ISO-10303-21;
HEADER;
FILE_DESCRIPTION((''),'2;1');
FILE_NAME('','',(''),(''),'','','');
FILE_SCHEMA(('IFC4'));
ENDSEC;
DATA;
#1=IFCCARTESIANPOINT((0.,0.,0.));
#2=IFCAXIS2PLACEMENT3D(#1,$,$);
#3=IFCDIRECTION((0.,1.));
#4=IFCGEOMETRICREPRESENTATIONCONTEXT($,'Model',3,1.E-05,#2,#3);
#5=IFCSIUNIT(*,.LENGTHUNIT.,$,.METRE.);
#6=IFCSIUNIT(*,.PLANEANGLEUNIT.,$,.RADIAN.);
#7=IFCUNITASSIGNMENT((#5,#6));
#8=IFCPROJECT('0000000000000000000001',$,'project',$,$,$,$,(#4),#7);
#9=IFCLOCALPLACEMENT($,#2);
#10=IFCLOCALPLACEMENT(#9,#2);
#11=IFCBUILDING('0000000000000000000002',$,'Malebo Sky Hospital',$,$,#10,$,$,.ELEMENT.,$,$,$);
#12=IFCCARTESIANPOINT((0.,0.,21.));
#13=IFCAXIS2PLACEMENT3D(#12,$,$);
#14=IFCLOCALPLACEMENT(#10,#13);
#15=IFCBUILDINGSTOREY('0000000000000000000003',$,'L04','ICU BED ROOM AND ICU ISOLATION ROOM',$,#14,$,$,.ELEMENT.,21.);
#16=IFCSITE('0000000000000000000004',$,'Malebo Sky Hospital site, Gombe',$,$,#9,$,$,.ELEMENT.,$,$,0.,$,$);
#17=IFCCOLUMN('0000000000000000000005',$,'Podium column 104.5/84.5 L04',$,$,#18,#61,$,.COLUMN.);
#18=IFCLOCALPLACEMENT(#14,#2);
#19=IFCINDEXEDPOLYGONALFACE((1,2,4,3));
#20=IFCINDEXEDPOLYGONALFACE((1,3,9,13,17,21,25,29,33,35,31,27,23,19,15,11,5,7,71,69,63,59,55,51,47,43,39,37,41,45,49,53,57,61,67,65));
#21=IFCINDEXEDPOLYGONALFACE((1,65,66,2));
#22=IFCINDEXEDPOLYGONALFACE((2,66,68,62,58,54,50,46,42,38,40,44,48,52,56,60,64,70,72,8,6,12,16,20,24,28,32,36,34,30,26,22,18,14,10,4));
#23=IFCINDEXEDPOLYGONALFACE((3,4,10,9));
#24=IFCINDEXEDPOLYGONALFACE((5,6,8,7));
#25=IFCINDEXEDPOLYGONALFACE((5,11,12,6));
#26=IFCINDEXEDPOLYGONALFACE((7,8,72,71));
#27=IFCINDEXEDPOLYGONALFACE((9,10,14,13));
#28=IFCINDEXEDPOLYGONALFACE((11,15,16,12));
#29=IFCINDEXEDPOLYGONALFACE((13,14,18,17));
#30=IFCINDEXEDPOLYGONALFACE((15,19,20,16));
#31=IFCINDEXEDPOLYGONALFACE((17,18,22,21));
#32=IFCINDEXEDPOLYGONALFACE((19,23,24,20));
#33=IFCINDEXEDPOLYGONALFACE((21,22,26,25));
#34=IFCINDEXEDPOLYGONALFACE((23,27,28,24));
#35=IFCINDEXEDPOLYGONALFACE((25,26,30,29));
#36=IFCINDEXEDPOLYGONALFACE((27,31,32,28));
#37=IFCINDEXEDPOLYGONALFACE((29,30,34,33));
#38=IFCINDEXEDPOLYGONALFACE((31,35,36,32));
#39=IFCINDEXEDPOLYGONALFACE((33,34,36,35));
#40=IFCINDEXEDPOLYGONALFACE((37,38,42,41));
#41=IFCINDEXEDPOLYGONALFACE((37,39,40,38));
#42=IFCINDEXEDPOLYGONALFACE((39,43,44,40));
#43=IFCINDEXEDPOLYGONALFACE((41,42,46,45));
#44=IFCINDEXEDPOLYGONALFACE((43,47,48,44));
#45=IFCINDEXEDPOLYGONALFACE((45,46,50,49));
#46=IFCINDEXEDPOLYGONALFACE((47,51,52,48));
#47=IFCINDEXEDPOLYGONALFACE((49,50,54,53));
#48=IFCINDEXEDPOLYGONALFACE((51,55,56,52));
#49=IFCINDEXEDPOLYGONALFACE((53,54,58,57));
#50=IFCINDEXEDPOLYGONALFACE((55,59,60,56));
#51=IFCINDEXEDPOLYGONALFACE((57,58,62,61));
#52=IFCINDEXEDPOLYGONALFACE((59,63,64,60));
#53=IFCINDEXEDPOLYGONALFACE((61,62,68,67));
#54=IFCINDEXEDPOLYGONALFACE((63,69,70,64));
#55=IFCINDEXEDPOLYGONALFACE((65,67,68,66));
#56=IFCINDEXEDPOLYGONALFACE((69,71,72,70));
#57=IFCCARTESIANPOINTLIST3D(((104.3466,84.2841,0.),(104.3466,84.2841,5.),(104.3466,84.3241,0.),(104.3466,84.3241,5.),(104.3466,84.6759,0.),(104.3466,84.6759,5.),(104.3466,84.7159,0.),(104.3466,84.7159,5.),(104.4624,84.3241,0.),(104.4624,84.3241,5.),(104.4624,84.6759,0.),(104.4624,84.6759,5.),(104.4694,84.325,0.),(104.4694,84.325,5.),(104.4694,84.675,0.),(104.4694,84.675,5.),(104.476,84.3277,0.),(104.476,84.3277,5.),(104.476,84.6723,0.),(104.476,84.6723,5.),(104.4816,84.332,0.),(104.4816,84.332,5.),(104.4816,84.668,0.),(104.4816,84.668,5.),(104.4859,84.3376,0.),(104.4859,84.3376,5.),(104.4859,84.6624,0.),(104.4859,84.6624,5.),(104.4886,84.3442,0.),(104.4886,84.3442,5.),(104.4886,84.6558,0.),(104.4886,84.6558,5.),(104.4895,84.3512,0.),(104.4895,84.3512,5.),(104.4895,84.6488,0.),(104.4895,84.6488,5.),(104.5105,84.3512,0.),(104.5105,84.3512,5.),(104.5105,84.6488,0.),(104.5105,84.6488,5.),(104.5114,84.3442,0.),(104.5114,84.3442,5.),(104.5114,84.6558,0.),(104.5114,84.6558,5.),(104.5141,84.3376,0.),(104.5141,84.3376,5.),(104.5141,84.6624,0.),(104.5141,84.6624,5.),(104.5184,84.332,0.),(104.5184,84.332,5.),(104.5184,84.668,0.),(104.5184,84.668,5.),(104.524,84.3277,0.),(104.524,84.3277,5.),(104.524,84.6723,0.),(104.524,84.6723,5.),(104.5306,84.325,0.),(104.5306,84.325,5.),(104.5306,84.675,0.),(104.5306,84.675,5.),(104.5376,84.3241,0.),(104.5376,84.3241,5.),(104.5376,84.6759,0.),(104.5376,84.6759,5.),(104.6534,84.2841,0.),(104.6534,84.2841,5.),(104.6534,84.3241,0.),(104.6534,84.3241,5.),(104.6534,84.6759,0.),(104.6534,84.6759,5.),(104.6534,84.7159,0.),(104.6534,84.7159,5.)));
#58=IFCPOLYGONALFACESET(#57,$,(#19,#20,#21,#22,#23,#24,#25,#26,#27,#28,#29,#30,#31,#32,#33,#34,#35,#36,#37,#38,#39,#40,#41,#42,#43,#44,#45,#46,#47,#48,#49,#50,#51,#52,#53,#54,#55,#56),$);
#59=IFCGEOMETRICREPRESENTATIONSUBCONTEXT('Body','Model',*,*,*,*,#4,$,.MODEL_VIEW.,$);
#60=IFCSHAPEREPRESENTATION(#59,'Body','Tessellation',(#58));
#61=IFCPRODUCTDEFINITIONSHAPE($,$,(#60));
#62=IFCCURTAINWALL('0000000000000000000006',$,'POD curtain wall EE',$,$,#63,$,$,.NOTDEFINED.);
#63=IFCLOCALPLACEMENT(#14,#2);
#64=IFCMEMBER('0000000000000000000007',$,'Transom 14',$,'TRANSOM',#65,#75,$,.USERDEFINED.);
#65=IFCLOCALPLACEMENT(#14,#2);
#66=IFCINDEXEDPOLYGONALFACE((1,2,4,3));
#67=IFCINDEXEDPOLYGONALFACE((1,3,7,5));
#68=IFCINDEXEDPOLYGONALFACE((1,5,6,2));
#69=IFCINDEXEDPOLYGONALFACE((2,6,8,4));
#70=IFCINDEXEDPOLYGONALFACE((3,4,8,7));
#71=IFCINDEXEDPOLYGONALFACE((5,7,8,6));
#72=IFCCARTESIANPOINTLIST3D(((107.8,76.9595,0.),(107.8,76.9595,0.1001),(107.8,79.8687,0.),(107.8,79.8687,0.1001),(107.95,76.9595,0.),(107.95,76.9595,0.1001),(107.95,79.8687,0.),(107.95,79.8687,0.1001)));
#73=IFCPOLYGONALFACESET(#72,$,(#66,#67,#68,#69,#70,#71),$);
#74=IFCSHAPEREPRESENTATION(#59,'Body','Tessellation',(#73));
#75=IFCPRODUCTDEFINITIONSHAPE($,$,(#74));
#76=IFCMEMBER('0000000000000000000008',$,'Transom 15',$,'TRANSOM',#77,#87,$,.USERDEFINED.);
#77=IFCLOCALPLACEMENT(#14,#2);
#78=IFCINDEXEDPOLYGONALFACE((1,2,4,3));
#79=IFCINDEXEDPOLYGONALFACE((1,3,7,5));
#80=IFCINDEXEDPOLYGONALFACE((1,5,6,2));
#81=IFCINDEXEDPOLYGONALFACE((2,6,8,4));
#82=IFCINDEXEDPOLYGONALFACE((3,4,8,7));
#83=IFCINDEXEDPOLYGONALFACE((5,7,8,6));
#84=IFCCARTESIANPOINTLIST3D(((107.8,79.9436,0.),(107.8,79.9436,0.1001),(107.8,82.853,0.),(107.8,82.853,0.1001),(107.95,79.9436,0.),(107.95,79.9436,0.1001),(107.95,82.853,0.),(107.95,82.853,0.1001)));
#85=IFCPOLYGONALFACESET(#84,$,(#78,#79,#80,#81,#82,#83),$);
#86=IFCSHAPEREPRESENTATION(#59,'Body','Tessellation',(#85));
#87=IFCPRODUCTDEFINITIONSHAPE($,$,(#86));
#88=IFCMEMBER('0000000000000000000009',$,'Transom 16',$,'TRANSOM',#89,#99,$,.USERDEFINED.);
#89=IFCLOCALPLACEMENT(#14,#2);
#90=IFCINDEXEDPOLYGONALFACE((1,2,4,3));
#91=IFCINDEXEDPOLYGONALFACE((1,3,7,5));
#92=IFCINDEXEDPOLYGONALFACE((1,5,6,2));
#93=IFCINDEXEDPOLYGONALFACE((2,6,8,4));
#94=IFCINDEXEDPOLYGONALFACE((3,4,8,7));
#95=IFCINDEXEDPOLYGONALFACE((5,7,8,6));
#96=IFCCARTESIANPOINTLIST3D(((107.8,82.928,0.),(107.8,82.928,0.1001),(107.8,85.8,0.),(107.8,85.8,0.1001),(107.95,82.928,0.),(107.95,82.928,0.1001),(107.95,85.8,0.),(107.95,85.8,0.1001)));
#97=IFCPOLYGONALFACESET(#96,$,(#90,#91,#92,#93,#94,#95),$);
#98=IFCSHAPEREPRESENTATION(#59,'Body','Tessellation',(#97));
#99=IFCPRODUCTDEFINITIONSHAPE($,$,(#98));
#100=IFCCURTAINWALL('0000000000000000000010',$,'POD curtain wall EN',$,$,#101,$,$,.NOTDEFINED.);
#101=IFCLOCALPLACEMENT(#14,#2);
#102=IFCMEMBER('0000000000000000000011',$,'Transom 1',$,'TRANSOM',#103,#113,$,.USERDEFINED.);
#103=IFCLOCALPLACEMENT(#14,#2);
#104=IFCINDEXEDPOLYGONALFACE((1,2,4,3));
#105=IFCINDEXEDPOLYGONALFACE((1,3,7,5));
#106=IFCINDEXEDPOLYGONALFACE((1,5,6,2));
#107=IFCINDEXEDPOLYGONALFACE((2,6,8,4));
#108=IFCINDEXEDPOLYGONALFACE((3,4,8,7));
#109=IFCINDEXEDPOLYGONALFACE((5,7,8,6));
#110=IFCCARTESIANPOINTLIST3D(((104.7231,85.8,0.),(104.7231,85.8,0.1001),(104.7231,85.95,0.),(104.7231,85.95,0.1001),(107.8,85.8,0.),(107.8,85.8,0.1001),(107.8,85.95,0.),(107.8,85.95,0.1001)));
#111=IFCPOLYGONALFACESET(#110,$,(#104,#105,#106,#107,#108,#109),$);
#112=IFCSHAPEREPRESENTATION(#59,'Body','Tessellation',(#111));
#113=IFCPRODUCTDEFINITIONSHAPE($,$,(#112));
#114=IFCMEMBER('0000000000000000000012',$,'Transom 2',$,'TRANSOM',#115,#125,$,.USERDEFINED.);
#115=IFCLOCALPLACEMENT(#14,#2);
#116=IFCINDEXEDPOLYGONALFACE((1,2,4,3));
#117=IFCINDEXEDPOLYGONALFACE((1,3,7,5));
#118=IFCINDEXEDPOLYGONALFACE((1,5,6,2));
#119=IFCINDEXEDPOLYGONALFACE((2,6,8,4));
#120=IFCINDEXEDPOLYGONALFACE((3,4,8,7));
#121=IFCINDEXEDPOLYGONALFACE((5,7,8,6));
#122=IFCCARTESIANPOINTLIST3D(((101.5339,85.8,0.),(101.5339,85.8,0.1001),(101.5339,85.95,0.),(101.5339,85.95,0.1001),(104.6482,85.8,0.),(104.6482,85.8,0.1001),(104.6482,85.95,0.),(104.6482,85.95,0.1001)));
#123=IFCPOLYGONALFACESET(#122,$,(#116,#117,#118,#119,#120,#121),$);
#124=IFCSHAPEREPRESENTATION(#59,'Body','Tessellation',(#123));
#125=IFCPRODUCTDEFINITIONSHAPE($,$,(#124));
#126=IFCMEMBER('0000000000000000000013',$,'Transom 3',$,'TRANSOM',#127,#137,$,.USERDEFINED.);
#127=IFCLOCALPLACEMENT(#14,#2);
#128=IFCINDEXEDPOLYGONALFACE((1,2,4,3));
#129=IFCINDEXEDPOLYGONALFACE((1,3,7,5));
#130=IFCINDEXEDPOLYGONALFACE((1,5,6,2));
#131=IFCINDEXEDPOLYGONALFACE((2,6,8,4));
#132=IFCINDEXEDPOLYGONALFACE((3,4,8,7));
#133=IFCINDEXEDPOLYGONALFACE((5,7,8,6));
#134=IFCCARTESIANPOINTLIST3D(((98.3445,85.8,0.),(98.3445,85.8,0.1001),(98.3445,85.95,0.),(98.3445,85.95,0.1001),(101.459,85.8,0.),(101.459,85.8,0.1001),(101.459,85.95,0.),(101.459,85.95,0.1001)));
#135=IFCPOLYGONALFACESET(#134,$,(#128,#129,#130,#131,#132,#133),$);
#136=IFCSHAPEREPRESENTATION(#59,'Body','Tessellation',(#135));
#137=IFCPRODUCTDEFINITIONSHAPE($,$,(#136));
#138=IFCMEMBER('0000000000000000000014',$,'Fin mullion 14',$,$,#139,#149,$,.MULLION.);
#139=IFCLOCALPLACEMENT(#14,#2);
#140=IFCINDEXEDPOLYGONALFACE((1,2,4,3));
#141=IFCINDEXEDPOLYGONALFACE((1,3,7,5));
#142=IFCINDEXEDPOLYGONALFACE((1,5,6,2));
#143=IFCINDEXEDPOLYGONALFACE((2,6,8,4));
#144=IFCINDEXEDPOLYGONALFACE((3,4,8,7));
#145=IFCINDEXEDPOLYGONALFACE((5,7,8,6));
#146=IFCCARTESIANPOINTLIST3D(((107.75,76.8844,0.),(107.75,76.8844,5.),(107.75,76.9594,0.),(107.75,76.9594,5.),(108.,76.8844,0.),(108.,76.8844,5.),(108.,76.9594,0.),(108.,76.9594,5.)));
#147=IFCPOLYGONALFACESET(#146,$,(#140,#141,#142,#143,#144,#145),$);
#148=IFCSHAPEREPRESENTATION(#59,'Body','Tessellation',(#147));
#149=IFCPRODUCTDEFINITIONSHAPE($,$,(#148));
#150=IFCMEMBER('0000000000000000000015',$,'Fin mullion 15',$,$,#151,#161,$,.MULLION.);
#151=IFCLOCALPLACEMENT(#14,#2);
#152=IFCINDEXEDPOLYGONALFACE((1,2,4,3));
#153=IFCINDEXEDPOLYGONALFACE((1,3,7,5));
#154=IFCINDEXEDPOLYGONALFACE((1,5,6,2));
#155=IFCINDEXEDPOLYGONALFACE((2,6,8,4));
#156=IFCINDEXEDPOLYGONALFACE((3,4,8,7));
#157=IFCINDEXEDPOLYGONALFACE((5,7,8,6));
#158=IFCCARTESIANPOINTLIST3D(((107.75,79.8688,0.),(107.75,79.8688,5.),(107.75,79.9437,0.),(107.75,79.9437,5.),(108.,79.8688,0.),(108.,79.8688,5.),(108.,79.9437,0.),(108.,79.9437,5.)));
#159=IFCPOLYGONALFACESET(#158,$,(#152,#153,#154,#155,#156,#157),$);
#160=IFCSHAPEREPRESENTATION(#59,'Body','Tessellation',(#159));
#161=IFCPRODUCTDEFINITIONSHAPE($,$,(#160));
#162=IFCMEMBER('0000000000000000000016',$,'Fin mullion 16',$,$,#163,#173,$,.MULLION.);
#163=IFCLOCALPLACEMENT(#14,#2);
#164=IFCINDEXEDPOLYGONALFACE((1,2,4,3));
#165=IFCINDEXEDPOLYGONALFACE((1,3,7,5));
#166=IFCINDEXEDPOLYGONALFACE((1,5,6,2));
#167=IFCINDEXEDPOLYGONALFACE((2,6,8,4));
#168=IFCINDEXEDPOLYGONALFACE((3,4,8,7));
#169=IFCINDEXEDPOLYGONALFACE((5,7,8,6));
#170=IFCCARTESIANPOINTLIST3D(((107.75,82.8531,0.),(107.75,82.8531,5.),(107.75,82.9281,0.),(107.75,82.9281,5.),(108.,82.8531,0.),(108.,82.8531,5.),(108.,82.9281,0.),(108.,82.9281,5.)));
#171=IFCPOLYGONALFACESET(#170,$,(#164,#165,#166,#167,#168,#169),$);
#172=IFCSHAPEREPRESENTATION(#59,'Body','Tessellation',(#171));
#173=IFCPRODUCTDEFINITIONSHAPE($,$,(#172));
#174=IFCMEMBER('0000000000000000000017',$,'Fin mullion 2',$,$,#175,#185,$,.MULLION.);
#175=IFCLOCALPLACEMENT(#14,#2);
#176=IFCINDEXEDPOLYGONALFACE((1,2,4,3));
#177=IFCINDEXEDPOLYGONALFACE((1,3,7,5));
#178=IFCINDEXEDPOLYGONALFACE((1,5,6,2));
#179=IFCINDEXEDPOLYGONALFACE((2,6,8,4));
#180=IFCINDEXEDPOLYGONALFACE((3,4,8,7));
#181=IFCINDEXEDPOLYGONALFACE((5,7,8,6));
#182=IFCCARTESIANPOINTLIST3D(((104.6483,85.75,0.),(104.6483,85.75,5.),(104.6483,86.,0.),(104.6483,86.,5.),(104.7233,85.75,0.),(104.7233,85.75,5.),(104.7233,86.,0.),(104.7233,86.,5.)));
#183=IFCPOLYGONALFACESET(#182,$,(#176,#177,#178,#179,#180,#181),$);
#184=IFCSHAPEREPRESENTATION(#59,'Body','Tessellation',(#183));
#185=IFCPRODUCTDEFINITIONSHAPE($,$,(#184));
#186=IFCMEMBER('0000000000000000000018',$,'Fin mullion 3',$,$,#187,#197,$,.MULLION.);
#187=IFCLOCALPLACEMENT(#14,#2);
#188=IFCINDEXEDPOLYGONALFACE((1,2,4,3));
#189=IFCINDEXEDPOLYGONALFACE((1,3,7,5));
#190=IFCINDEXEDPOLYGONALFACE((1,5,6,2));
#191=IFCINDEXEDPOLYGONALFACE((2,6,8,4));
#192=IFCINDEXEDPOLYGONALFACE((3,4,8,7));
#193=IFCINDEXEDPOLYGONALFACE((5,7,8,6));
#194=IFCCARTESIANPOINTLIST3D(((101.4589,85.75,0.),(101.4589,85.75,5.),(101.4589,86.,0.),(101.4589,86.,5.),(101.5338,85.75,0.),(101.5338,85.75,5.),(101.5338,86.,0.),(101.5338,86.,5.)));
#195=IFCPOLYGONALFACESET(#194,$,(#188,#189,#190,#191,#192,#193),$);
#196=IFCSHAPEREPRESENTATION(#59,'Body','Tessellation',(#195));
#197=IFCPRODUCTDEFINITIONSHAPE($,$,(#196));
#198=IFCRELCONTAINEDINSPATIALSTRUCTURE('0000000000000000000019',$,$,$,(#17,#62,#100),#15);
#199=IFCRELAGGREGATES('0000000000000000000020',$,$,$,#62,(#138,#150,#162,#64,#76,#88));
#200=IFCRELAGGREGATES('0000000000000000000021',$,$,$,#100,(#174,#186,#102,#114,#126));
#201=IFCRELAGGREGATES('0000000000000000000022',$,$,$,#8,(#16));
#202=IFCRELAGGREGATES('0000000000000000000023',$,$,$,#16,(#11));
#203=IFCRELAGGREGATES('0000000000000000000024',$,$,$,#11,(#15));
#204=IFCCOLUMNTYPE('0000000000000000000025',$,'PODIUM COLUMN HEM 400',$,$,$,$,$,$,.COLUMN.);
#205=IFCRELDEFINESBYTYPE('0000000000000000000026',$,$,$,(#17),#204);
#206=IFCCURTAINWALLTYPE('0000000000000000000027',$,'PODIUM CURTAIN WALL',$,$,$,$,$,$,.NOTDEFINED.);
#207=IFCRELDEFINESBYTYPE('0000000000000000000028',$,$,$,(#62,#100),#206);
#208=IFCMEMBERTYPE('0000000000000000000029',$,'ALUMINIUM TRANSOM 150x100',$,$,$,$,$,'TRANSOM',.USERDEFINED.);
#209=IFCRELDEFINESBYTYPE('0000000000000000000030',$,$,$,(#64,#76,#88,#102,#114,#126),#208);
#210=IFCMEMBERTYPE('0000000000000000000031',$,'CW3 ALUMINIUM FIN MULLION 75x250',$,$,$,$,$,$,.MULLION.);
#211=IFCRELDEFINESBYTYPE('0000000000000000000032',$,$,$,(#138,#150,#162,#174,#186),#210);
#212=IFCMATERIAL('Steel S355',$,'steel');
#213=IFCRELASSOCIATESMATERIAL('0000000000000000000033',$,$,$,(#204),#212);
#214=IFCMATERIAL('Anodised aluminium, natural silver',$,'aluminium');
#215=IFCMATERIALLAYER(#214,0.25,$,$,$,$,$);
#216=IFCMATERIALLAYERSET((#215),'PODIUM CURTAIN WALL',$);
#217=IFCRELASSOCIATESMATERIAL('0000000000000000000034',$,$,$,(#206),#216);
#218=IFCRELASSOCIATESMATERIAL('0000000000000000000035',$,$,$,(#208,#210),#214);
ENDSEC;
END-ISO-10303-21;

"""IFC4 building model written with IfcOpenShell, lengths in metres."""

from ifc_helpers import new_model, si_unit, direction, frame, origin, origin_2d, place, context, subcontext, project, spatial, rectangle, i_section, extrude, material, layer, layer_set, material_profile, profile_set, type_object, element, aggregate, save


model = new_model("IFC4")

# Units and contexts
model_context = context("Model", 3, precision=1e-05, world=origin(), true_north=direction((0.0, 1.0)))
body_context = subcontext(model_context, "Body", "Model", "MODEL_VIEW")
ifc_project = project(units=[si_unit("LENGTHUNIT", "METRE"), si_unit("PLANEANGLEUNIT", "RADIAN")], contexts=[model_context])

# Site, building, storey
site_placement = place(None, origin())
site = spatial("IfcSite", under=ifc_project, at=site_placement, Name="Malebo Sky Hospital site, Gombe", CompositionType="ELEMENT", RefElevation=0.0)
building_placement = place(site_placement, origin())
building = spatial("IfcBuilding", under=site, at=building_placement, Name="Malebo Sky Hospital", CompositionType="ELEMENT")
storey_placement = place(building_placement, frame((0.0, 0.0, 21.0)))
storey = spatial("IfcBuildingStorey", under=building, at=storey_placement, Name="L04", Description="ICU BED ROOM AND ICU ISOLATION ROOM", CompositionType="ELEMENT", Elevation=21.0)

# Column
ifc_material_1 = material(Name="Steel S355", Category="steel")
ifc_material_profile_1 = material_profile(ifc_material_1, i_section(OverallWidth=0.3069, OverallDepth=0.4319, WebThickness=0.021, FlangeThickness=0.04, FilletRadius=0.0271, at=origin_2d()), Name="HEM 400")
ifc_profile_set_1 = profile_set([ifc_material_profile_1], Name="Steel S355")
column_type = type_object("IfcColumnType", Name="PODIUM COLUMN HEM 400", PredefinedType="COLUMN", material=ifc_profile_set_1)
column_placement = place(storey_placement, frame((104.5, 84.5, 0.0), z_axis=(0.0, 0.0, 1.0), x_axis=(1.0, 0.0, 0.0)))
element("IfcColumn", 1, at=column_placement, inside=storey, type_object=column_type, Name="Podium column 104.5/84.5 L04", PredefinedType="COLUMN", context=body_context, shape_type="SweptSolid", body=[
    extrude(i_section(OverallWidth=0.3069, OverallDepth=0.4319, WebThickness=0.021, FlangeThickness=0.04, FilletRadius=0.0271, at=origin_2d()), origin(), (0.0, 0.0, 1.0), 5.0),
])

# Curtain walls, members
ifc_material_2 = material(Name="Anodised aluminium, natural silver", Category="aluminium")
ifc_layer_1 = layer(ifc_material_2, 0.25)
ifc_layer_set_1 = layer_set([ifc_layer_1], Name="PODIUM CURTAIN WALL")
curtain_wall_type = type_object("IfcCurtainWallType", Name="PODIUM CURTAIN WALL", PredefinedType="NOTDEFINED", material=ifc_layer_set_1)
curtain_wall_1_placement = place(storey_placement, origin())
curtain_wall_1 = element("IfcCurtainWall", 2, at=curtain_wall_1_placement, inside=storey, type_object=curtain_wall_type, Name="POD curtain wall EE", PredefinedType="NOTDEFINED")
ifc_material_profile_2 = material_profile(ifc_material_2, rectangle(XDim=0.1499, YDim=0.1001, at=origin_2d()), Name="ALUMINIUM TRANSOM 150x100")
ifc_profile_set_2 = profile_set([ifc_material_profile_2], Name="Anodised aluminium, natural silver")
member_type_1 = type_object("IfcMemberType", Name="ALUMINIUM TRANSOM 150x100", ElementType="TRANSOM", PredefinedType="USERDEFINED", material=ifc_profile_set_2)
member_1_placement = place(storey_placement, frame((107.875, 76.9595, 0.05), z_axis=(0.0, 1.0, 0.0), x_axis=(-1.0, 0.0, 0.0)))
member_1 = element("IfcMember", 3, at=member_1_placement, type_object=member_type_1, Name="Transom 14", ObjectType="TRANSOM", PredefinedType="USERDEFINED", context=body_context, shape_type="SweptSolid", body=[
    extrude(rectangle(XDim=0.1499, YDim=0.1001, at=origin_2d()), origin(), (0.0, 0.0, 1.0), 2.9092),
])
member_2_placement = place(storey_placement, frame((107.875, 79.9436, 0.05), z_axis=(0.0, 1.0, 0.0), x_axis=(-1.0, 0.0, 0.0)))
member_2 = element("IfcMember", 4, at=member_2_placement, type_object=member_type_1, Name="Transom 15", ObjectType="TRANSOM", PredefinedType="USERDEFINED", context=body_context, shape_type="SweptSolid", body=[
    extrude(rectangle(XDim=0.1499, YDim=0.1001, at=origin_2d()), origin(), (0.0, 0.0, 1.0), 2.9094),
])
member_3_placement = place(storey_placement, frame((107.875, 82.928, 0.05), z_axis=(0.0, 1.0, 0.0), x_axis=(-1.0, 0.0, 0.0)))
member_3 = element("IfcMember", 5, at=member_3_placement, type_object=member_type_1, Name="Transom 16", ObjectType="TRANSOM", PredefinedType="USERDEFINED", context=body_context, shape_type="SweptSolid", body=[
    extrude(rectangle(XDim=0.1499, YDim=0.1001, at=origin_2d()), origin(), (0.0, 0.0, 1.0), 2.8721),
])
curtain_wall_2_placement = place(storey_placement, origin())
curtain_wall_2 = element("IfcCurtainWall", 6, at=curtain_wall_2_placement, inside=storey, type_object=curtain_wall_type, Name="POD curtain wall EN", PredefinedType="NOTDEFINED")
member_4_placement = place(storey_placement, frame((107.8, 85.875, 0.05), z_axis=(-1.0, 0.0, 0.0), x_axis=(0.0, -1.0, 0.0)))
member_4 = element("IfcMember", 7, at=member_4_placement, type_object=member_type_1, Name="Transom 1", ObjectType="TRANSOM", PredefinedType="USERDEFINED", context=body_context, shape_type="SweptSolid", body=[
    extrude(rectangle(XDim=0.1499, YDim=0.1001, at=origin_2d()), origin(), (0.0, 0.0, 1.0), 3.0769),
])
member_5_placement = place(storey_placement, frame((104.6482, 85.875, 0.05), z_axis=(-1.0, 0.0, 0.0), x_axis=(0.0, -1.0, 0.0)))
member_5 = element("IfcMember", 8, at=member_5_placement, type_object=member_type_1, Name="Transom 2", ObjectType="TRANSOM", PredefinedType="USERDEFINED", context=body_context, shape_type="SweptSolid", body=[
    extrude(rectangle(XDim=0.1499, YDim=0.1001, at=origin_2d()), origin(), (0.0, 0.0, 1.0), 3.1143),
])
member_6_placement = place(storey_placement, frame((101.459, 85.875, 0.05), z_axis=(-1.0, 0.0, 0.0), x_axis=(0.0, -1.0, 0.0)))
member_6 = element("IfcMember", 9, at=member_6_placement, type_object=member_type_1, Name="Transom 3", ObjectType="TRANSOM", PredefinedType="USERDEFINED", context=body_context, shape_type="SweptSolid", body=[
    extrude(rectangle(XDim=0.1499, YDim=0.1001, at=origin_2d()), origin(), (0.0, 0.0, 1.0), 3.1145),
])

# Members
ifc_material_profile_3 = material_profile(ifc_material_2, rectangle(XDim=0.075, YDim=0.25, at=origin_2d()), Name="CW3 ALUMINIUM FIN MULLION 75x250")
ifc_profile_set_3 = profile_set([ifc_material_profile_3], Name="Anodised aluminium, natural silver")
member_type_2 = type_object("IfcMemberType", Name="CW3 ALUMINIUM FIN MULLION 75x250", PredefinedType="MULLION", material=ifc_profile_set_3)
member_7_placement = place(storey_placement, frame((107.875, 76.9219, 0.0), z_axis=(0.0, 0.0, 1.0), x_axis=(0.0, 1.0, 0.0)))
member_7 = element("IfcMember", 10, at=member_7_placement, type_object=member_type_2, Name="Fin mullion 14", PredefinedType="MULLION", context=body_context, shape_type="SweptSolid", body=[
    extrude(rectangle(XDim=0.075, YDim=0.25, at=origin_2d()), origin(), (0.0, 0.0, 1.0), 5.0),
])
member_8_placement = place(storey_placement, frame((107.875, 79.9062, 0.0), z_axis=(0.0, 0.0, 1.0), x_axis=(0.0, 1.0, 0.0)))
member_8 = element("IfcMember", 11, at=member_8_placement, type_object=member_type_2, Name="Fin mullion 15", PredefinedType="MULLION", context=body_context, shape_type="SweptSolid", body=[
    extrude(rectangle(XDim=0.075, YDim=0.25, at=origin_2d()), origin(), (0.0, 0.0, 1.0), 5.0),
])
member_9_placement = place(storey_placement, frame((107.875, 82.8906, 0.0), z_axis=(0.0, 0.0, 1.0), x_axis=(0.0, 1.0, 0.0)))
member_9 = element("IfcMember", 12, at=member_9_placement, type_object=member_type_2, Name="Fin mullion 16", PredefinedType="MULLION", context=body_context, shape_type="SweptSolid", body=[
    extrude(rectangle(XDim=0.075, YDim=0.25, at=origin_2d()), origin(), (0.0, 0.0, 1.0), 5.0),
])
member_10_placement = place(storey_placement, frame((104.6858, 85.875, 0.0), z_axis=(0.0, 0.0, 1.0), x_axis=(-1.0, 0.0, 0.0)))
member_10 = element("IfcMember", 13, at=member_10_placement, type_object=member_type_2, Name="Fin mullion 2", PredefinedType="MULLION", context=body_context, shape_type="SweptSolid", body=[
    extrude(rectangle(XDim=0.075, YDim=0.25, at=origin_2d()), origin(), (0.0, 0.0, 1.0), 5.0),
])
member_11_placement = place(storey_placement, frame((101.4963, 85.875, 0.0), z_axis=(0.0, 0.0, 1.0), x_axis=(-1.0, 0.0, 0.0)))
member_11 = element("IfcMember", 14, at=member_11_placement, type_object=member_type_2, Name="Fin mullion 3", PredefinedType="MULLION", context=body_context, shape_type="SweptSolid", body=[
    extrude(rectangle(XDim=0.075, YDim=0.25, at=origin_2d()), origin(), (0.0, 0.0, 1.0), 5.0),
])

aggregate(curtain_wall_1, [member_7, member_8, member_9, member_1, member_2, member_3])
aggregate(curtain_wall_2, [member_10, member_11, member_4, member_5, member_6])

save(model, "model.ifc")
